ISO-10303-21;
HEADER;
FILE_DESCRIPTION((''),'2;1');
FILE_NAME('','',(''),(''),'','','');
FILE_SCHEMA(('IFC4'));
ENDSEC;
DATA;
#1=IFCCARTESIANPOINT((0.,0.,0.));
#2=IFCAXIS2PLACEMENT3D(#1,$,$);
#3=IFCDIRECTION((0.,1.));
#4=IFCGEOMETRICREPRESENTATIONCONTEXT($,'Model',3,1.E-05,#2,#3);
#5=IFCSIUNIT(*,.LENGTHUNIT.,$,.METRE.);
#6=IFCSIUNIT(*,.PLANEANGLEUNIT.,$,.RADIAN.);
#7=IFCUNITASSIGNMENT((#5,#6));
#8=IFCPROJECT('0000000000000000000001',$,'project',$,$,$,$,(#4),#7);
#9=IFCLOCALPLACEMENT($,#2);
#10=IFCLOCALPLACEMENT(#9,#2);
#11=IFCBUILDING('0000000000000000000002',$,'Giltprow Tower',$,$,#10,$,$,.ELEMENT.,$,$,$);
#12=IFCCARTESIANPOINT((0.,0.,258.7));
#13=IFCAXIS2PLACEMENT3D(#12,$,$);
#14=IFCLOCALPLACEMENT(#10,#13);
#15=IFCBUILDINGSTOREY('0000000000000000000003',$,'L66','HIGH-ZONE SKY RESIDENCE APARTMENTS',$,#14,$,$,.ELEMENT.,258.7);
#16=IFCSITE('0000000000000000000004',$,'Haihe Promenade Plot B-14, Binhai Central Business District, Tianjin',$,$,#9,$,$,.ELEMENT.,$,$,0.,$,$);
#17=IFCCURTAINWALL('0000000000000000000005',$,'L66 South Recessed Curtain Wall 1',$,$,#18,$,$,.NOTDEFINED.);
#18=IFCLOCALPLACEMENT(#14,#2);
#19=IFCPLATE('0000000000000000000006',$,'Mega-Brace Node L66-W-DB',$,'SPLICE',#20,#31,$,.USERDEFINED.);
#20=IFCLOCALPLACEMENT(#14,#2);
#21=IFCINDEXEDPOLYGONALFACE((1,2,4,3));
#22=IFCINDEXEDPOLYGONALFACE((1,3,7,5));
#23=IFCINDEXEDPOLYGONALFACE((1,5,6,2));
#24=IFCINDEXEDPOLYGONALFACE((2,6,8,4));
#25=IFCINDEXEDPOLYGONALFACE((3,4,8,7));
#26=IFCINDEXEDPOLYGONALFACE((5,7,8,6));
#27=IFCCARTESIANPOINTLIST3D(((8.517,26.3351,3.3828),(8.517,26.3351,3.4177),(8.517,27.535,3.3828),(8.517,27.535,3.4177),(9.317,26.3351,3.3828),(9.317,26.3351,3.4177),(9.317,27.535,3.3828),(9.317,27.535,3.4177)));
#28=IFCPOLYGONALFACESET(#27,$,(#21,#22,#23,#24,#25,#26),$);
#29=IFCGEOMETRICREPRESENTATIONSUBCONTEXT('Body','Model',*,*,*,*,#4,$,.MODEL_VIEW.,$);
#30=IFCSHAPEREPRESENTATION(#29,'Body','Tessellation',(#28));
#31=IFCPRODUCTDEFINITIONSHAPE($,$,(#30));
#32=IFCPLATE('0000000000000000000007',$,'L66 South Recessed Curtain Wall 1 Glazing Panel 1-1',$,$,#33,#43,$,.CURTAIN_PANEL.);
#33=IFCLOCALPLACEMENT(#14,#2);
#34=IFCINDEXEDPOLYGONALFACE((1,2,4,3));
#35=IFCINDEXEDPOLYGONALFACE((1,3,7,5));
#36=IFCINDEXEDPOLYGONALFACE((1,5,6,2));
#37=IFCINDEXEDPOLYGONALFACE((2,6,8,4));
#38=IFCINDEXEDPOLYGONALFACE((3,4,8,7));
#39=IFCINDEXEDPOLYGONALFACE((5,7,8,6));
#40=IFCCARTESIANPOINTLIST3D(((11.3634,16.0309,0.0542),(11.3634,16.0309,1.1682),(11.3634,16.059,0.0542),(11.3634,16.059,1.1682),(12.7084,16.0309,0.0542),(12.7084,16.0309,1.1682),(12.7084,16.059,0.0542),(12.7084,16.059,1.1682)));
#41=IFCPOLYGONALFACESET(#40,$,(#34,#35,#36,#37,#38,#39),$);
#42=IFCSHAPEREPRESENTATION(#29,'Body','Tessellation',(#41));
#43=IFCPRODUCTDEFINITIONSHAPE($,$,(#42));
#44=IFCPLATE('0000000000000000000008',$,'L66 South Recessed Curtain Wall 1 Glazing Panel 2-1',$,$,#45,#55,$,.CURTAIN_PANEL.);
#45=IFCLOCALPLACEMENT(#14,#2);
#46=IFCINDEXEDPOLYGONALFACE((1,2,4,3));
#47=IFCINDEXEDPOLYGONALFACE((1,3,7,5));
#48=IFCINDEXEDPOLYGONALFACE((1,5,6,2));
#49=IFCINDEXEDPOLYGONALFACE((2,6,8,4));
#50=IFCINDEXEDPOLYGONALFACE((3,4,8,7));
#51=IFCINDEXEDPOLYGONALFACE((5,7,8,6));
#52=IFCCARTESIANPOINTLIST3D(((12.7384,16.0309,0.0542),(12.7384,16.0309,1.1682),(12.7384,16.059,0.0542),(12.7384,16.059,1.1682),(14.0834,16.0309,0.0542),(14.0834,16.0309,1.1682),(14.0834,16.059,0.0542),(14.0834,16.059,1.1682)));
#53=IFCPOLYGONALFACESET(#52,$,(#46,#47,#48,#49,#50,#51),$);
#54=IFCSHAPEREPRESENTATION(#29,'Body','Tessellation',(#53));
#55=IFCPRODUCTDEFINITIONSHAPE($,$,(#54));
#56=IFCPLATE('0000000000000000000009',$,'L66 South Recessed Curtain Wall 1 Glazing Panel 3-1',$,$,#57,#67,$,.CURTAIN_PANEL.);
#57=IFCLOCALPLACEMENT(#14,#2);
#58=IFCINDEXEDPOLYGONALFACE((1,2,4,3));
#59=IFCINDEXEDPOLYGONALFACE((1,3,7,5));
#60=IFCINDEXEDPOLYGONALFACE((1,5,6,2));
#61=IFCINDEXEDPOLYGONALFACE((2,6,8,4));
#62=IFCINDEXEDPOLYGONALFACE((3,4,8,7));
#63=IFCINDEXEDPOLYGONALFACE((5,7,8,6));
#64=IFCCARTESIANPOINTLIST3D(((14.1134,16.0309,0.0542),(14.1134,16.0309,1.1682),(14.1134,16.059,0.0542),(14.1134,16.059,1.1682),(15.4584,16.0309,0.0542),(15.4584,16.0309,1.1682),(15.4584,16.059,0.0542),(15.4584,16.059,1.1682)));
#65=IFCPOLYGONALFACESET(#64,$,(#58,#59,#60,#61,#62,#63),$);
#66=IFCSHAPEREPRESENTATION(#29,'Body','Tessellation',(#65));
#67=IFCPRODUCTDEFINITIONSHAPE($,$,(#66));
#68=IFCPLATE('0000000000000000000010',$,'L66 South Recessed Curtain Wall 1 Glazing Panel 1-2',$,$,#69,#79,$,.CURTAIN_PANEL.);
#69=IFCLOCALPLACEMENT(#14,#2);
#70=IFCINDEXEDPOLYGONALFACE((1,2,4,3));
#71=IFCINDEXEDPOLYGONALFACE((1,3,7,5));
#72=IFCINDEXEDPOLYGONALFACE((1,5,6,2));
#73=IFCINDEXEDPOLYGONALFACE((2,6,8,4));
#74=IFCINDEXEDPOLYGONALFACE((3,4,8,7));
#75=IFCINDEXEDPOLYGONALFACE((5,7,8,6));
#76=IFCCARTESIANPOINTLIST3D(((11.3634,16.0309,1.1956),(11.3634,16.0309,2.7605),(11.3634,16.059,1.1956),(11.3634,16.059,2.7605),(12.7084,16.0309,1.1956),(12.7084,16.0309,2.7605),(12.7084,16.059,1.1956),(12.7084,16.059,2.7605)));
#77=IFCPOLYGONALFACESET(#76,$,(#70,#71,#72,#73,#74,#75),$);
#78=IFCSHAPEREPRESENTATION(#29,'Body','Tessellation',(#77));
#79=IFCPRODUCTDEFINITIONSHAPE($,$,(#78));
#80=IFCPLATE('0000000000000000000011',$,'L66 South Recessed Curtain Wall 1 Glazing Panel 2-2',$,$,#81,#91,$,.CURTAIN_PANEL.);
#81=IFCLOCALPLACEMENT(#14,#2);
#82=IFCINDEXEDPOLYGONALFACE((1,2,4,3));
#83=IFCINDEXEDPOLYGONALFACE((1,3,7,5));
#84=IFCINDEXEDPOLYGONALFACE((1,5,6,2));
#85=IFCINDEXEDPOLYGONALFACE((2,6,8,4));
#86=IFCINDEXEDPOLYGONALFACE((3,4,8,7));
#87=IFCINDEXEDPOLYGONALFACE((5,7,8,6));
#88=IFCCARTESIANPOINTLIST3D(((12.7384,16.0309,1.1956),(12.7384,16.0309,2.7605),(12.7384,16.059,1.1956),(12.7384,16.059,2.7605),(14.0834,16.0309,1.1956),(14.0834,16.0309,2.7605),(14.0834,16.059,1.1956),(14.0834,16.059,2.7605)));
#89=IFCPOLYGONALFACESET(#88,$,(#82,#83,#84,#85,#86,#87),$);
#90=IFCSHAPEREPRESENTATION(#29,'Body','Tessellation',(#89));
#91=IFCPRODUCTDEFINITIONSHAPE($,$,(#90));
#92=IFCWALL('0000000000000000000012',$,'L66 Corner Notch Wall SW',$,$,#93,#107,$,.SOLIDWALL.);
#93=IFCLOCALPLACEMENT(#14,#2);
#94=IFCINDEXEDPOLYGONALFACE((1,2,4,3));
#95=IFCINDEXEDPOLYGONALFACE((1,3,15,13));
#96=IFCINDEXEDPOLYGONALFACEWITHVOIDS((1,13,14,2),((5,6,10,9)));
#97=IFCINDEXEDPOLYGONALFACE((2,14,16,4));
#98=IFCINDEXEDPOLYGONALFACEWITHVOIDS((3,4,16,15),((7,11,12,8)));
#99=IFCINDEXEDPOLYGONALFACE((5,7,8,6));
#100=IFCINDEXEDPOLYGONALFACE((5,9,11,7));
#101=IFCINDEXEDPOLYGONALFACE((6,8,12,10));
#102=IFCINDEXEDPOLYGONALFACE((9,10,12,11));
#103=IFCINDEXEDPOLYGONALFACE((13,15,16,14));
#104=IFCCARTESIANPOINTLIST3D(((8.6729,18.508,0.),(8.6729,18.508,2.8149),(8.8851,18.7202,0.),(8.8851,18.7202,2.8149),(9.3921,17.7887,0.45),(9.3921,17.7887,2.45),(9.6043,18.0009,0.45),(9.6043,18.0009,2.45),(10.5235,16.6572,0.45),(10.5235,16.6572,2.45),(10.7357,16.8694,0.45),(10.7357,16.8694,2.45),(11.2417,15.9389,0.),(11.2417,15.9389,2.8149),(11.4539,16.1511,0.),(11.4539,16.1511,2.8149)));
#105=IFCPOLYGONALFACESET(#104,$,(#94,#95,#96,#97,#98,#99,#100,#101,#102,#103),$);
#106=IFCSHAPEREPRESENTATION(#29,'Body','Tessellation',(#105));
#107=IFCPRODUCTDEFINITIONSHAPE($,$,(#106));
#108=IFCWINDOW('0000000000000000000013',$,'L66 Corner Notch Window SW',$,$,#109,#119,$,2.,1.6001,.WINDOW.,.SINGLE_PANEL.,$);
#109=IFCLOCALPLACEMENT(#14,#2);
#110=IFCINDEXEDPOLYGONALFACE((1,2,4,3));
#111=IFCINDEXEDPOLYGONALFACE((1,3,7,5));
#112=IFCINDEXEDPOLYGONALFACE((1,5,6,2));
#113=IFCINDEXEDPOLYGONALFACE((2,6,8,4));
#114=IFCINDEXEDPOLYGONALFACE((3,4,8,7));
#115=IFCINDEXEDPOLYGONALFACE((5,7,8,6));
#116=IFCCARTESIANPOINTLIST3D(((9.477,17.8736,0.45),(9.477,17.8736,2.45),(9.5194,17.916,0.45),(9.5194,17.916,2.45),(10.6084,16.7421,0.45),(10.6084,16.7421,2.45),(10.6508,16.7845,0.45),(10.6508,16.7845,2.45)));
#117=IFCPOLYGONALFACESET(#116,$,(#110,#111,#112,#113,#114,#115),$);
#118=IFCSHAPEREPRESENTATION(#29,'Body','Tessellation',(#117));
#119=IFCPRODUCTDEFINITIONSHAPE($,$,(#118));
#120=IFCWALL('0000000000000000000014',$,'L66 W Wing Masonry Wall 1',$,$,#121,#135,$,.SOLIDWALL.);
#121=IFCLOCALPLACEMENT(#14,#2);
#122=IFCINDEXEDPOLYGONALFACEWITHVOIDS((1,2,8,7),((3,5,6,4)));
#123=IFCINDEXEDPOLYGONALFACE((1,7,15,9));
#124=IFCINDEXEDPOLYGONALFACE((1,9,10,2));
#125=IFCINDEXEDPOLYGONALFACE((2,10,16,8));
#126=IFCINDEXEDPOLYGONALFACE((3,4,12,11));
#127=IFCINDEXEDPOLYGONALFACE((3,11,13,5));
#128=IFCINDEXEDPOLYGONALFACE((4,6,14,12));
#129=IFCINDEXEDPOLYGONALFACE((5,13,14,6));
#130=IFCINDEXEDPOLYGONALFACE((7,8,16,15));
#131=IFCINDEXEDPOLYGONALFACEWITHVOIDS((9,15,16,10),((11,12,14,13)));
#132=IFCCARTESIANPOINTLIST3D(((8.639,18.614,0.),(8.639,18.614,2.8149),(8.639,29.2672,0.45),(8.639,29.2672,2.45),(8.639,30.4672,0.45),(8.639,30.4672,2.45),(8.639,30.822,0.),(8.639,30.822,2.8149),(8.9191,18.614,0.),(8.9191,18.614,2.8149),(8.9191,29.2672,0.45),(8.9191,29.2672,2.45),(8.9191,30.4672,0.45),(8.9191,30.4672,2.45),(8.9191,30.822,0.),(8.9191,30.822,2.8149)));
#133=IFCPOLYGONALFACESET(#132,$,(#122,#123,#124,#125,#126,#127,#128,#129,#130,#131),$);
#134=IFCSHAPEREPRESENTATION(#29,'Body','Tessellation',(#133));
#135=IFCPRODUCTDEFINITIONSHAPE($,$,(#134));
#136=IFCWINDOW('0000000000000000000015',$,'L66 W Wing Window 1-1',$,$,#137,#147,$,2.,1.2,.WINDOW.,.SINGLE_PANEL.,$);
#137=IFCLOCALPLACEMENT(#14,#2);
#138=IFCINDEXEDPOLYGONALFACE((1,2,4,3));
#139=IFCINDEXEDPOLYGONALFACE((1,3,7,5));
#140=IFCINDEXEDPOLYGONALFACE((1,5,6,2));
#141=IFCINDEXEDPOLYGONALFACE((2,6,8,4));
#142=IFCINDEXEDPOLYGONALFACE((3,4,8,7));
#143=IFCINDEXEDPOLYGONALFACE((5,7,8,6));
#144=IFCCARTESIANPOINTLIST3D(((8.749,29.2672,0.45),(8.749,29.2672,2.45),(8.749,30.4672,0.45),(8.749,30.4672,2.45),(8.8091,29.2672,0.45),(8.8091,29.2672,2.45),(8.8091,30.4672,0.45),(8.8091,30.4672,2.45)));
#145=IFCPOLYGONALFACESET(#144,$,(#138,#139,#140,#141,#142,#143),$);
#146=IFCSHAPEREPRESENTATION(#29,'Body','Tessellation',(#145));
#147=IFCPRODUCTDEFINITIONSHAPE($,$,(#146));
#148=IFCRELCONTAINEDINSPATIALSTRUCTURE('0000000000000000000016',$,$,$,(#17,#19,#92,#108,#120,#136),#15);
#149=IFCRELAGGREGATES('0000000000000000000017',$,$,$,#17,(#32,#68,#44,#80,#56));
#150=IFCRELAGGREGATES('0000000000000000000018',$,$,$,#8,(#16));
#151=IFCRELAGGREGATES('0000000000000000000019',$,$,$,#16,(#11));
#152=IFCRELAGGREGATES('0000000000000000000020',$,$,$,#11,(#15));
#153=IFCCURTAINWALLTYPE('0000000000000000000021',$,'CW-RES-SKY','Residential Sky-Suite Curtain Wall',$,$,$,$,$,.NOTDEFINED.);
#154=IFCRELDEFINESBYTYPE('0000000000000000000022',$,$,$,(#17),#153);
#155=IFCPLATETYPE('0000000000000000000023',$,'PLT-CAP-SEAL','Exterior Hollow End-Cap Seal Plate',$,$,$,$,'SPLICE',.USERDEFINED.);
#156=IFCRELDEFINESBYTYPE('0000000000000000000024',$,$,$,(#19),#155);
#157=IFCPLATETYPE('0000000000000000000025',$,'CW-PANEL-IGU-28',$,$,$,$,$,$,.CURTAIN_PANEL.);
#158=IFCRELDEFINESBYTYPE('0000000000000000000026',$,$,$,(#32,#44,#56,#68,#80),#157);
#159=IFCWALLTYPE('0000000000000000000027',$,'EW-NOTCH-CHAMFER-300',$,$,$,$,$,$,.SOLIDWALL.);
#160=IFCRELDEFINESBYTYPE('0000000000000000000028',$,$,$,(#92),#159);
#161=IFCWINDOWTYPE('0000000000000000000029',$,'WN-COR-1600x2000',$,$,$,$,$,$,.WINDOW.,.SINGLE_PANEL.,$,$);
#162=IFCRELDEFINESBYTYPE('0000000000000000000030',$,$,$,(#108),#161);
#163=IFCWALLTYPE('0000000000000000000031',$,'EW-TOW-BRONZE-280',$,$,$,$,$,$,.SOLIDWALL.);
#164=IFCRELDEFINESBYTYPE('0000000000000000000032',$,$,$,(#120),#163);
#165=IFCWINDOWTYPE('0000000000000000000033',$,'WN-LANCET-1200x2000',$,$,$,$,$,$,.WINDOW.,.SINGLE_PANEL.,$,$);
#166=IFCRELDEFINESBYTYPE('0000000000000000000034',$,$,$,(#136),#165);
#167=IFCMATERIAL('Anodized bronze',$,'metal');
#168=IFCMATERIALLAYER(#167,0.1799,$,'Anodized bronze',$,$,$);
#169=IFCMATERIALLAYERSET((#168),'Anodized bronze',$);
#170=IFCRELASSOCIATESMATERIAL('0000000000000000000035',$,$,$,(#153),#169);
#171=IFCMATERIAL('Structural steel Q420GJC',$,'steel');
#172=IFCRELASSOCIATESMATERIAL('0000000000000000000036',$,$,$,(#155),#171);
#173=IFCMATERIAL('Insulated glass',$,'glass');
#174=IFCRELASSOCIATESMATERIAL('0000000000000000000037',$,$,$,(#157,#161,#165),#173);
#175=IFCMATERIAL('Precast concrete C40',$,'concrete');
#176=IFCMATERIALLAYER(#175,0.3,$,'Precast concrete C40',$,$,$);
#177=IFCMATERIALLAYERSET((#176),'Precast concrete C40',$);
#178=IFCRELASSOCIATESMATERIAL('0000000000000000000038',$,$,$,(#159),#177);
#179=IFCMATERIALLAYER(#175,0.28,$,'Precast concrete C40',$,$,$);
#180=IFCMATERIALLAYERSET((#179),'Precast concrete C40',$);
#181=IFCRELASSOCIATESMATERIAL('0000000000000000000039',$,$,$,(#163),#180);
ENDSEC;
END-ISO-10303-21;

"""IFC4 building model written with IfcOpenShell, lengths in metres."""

from ifc_helpers import new_model, si_unit, direction, frame, frame_2d, origin, origin_2d, place, context, subcontext, project, spatial, rectangle, extrude, source, transform, mapped, material, layer, layer_set, type_object, element, fill, aggregate, save


model = new_model("IFC4")

# Units and contexts
model_context = context("Model", 3, precision=1e-05, world=origin(), true_north=direction((0.0, 1.0)))
body_context = subcontext(model_context, "Body", "Model", "MODEL_VIEW")
ifc_project = project(units=[si_unit("LENGTHUNIT", "METRE"), si_unit("PLANEANGLEUNIT", "RADIAN")], contexts=[model_context])

# Site, building, storey
site_placement = place(None, origin())
site = spatial("IfcSite", under=ifc_project, at=site_placement, Name="Haihe Promenade Plot B-14, Binhai Central Business District, Tianjin", CompositionType="ELEMENT", RefElevation=0.0)
building_placement = place(site_placement, origin())
building = spatial("IfcBuilding", under=site, at=building_placement, Name="Giltprow Tower", CompositionType="ELEMENT")
storey_placement = place(building_placement, frame((0.0, 0.0, 258.7)))
storey = spatial("IfcBuildingStorey", under=building, at=storey_placement, Name="L66", Description="HIGH-ZONE SKY RESIDENCE APARTMENTS", CompositionType="ELEMENT", Elevation=258.7)

# Shared definitions
ifc_material_1 = material(Name="Structural steel Q420GJC", Category="steel")

# Curtain wall
ifc_material_2 = material(Name="Anodized bronze", Category="metal")
ifc_layer_1 = layer(ifc_material_2, 0.1799, Name="Anodized bronze")
ifc_layer_set_1 = layer_set([ifc_layer_1], Name="Anodized bronze")
curtain_wall_type = type_object("IfcCurtainWallType", Name="CW-RES-SKY", Description="Residential Sky-Suite Curtain Wall", PredefinedType="NOTDEFINED", material=ifc_layer_set_1)
curtain_wall_placement = place(storey_placement, origin())
curtain_wall = element("IfcCurtainWall", 1, at=curtain_wall_placement, inside=storey, type_object=curtain_wall_type, Name="L66 South Recessed Curtain Wall 1", PredefinedType="NOTDEFINED")

# Plates
plate_type_1 = type_object("IfcPlateType", Name="PLT-CAP-SEAL", Description="Exterior Hollow End-Cap Seal Plate", ElementType="SPLICE", PredefinedType="USERDEFINED", material=ifc_material_1)
shared_shape_1 = source(origin(), body_context, "Body", "SweptSolid", [
    extrude(rectangle(XDim=1.2, YDim=0.8, at=origin_2d()), origin(), (0.0, 0.0, 1.0), 0.0349),
])
plate_1_placement = place(storey_placement, frame((8.917, 26.9351, 3.3828), z_axis=(0.0, 0.0, 1.0), x_axis=(0.0, 1.0, 0.0)))
element("IfcPlate", 2, at=plate_1_placement, inside=storey, type_object=plate_type_1, Name="Mega-Brace Node L66-W-DB", ObjectType="SPLICE", PredefinedType="USERDEFINED", context=body_context, shape_type="MappedRepresentation", body=[
    mapped(shared_shape_1, transform((0.0, 0.0, 0.0), x_axis=(1.0, 0.0, 0.0), y_axis=(0.0, 1.0, 0.0), z_axis=(0.0, 0.0, 1.0), scale=1.0)),
])
ifc_material_3 = material(Name="Insulated glass", Category="glass")
plate_type_2 = type_object("IfcPlateType", Name="CW-PANEL-IGU-28", PredefinedType="CURTAIN_PANEL", material=ifc_material_3)
shared_shape_2 = source(origin(), body_context, "Body", "SweptSolid", [
    extrude(rectangle(XDim=1.345, YDim=0.0281, at=origin_2d()), origin(), (0.0, 0.0, 1.0), 1.114),
])
plate_2_placement = place(storey_placement, frame((12.0359, 16.0449, 0.0542), z_axis=(0.0, 0.0, 1.0), x_axis=(1.0, 0.0, 0.0)))
plate_2 = element("IfcPlate", 3, at=plate_2_placement, type_object=plate_type_2, Name="L66 South Recessed Curtain Wall 1 Glazing Panel 1-1", PredefinedType="CURTAIN_PANEL", context=body_context, shape_type="MappedRepresentation", body=[
    mapped(shared_shape_2, transform((0.0, 0.0, 0.0), x_axis=(1.0, 0.0, 0.0), y_axis=(0.0, 1.0, 0.0), z_axis=(0.0, 0.0, 1.0), scale=1.0)),
])
plate_3_placement = place(storey_placement, frame((13.4109, 16.0449, 0.0542), z_axis=(0.0, 0.0, 1.0), x_axis=(1.0, 0.0, 0.0)))
plate_3 = element("IfcPlate", 4, at=plate_3_placement, type_object=plate_type_2, Name="L66 South Recessed Curtain Wall 1 Glazing Panel 2-1", PredefinedType="CURTAIN_PANEL", context=body_context, shape_type="MappedRepresentation", body=[
    mapped(shared_shape_2, transform((0.0, 0.0, 0.0), x_axis=(1.0, 0.0, 0.0), y_axis=(0.0, 1.0, 0.0), z_axis=(0.0, 0.0, 1.0), scale=1.0)),
])
plate_4_placement = place(storey_placement, frame((14.7859, 16.0449, 0.0542), z_axis=(0.0, 0.0, 1.0), x_axis=(1.0, 0.0, 0.0)))
plate_4 = element("IfcPlate", 5, at=plate_4_placement, type_object=plate_type_2, Name="L66 South Recessed Curtain Wall 1 Glazing Panel 3-1", PredefinedType="CURTAIN_PANEL", context=body_context, shape_type="MappedRepresentation", body=[
    mapped(shared_shape_2, transform((0.0, 0.0, 0.0), x_axis=(1.0, 0.0, 0.0), y_axis=(0.0, 1.0, 0.0), z_axis=(0.0, 0.0, 1.0), scale=1.0)),
])
shared_shape_3 = source(origin(), body_context, "Body", "SweptSolid", [
    extrude(rectangle(XDim=1.345, YDim=0.0281, at=origin_2d()), origin(), (0.0, 0.0, 1.0), 1.5649),
])
plate_5_placement = place(storey_placement, frame((12.0359, 16.0449, 1.1956), z_axis=(0.0, 0.0, 1.0), x_axis=(1.0, 0.0, 0.0)))
plate_5 = element("IfcPlate", 6, at=plate_5_placement, type_object=plate_type_2, Name="L66 South Recessed Curtain Wall 1 Glazing Panel 1-2", PredefinedType="CURTAIN_PANEL", context=body_context, shape_type="MappedRepresentation", body=[
    mapped(shared_shape_3, transform((0.0, 0.0, 0.0), x_axis=(1.0, 0.0, 0.0), y_axis=(0.0, 1.0, 0.0), z_axis=(0.0, 0.0, 1.0), scale=1.0)),
])
plate_6_placement = place(storey_placement, frame((13.4109, 16.0449, 1.1956), z_axis=(0.0, 0.0, 1.0), x_axis=(1.0, 0.0, 0.0)))
plate_6 = element("IfcPlate", 7, at=plate_6_placement, type_object=plate_type_2, Name="L66 South Recessed Curtain Wall 1 Glazing Panel 2-2", PredefinedType="CURTAIN_PANEL", context=body_context, shape_type="MappedRepresentation", body=[
    mapped(shared_shape_3, transform((0.0, 0.0, 0.0), x_axis=(1.0, 0.0, 0.0), y_axis=(0.0, 1.0, 0.0), z_axis=(0.0, 0.0, 1.0), scale=1.0)),
])
aggregate(curtain_wall, [plate_2, plate_5, plate_3, plate_6, plate_4])

# Walls, openings, windows
ifc_material_4 = material(Name="Precast concrete C40", Category="concrete")
ifc_layer_2 = layer(ifc_material_4, 0.3, Name="Precast concrete C40")
ifc_layer_set_2 = layer_set([ifc_layer_2], Name="Precast concrete C40")
wall_type_1 = type_object("IfcWallType", Name="EW-NOTCH-CHAMFER-300", PredefinedType="SOLIDWALL", material=ifc_layer_set_2)
wall_1_placement = place(storey_placement, frame((8.7791, 18.614, 0.0), z_axis=(0.0, 0.0, 1.0), x_axis=(0.707073, -0.70714, 0.0)))
wall_1 = element("IfcWall", 8, at=wall_1_placement, inside=storey, type_object=wall_type_1, Name="L66 Corner Notch Wall SW", PredefinedType="SOLIDWALL", context=body_context, shape_type="SweptSolid", body=[
    extrude(rectangle(XDim=3.6331, YDim=0.3, at=frame_2d((1.8164, 0.0))), origin(), (0.0, 0.0, 1.0), 2.8149),
])
opening_1_placement = place(wall_1_placement, frame((1.0171, 0.0, 0.45)))
opening_1 = element("IfcOpeningElement", 9, at=opening_1_placement, cuts=wall_1, PredefinedType="OPENING", context=body_context, shape_type="SweptSolid", body=[
    extrude(rectangle(XDim=1.6001, YDim=2.0, at=frame_2d((0.8, 1.0))), frame((0.0, 0.1599, 0.0), z_axis=(0.0, -1.0, 0.0), x_axis=(1.0, 0.0, 0.0)), (0.0, 0.0, 1.0), 0.3201),
])
window_type_1 = type_object("IfcWindowType", Name="WN-COR-1600x2000", PartitioningType="SINGLE_PANEL", PredefinedType="WINDOW", material=ifc_material_3)
shared_shape_4 = source(origin(), body_context, "Body", "SweptSolid", [
    extrude(rectangle(XDim=1.6001, YDim=2.0, at=frame_2d((0.8, 1.0))), frame((0.0, 0.03, 0.0), z_axis=(0.0, -1.0, 0.0), x_axis=(1.0, 0.0, 0.0)), (0.0, 0.0, 1.0), 0.0601),
])
window_1_placement = place(opening_1_placement, origin())
window_1 = element("IfcWindow", 10, at=window_1_placement, inside=storey, type_object=window_type_1, Name="L66 Corner Notch Window SW", OverallHeight=2.0, OverallWidth=1.6001, PartitioningType="SINGLE_PANEL", PredefinedType="WINDOW", context=body_context, shape_type="MappedRepresentation", body=[
    mapped(shared_shape_4, transform((0.0, 0.0, 0.0), x_axis=(1.0, 0.0, 0.0), y_axis=(0.0, 1.0, 0.0), z_axis=(0.0, 0.0, 1.0), scale=1.0)),
])
fill(opening_1, window_1)
ifc_layer_3 = layer(ifc_material_4, 0.28, Name="Precast concrete C40")
ifc_layer_set_3 = layer_set([ifc_layer_3], Name="Precast concrete C40")
wall_type_2 = type_object("IfcWallType", Name="EW-TOW-BRONZE-280", PredefinedType="SOLIDWALL", material=ifc_layer_set_3)
wall_2_placement = place(storey_placement, frame((8.7791, 18.614, 0.0), z_axis=(0.0, 0.0, 1.0), x_axis=(0.0, 1.0, 0.0)))
wall_2 = element("IfcWall", 11, at=wall_2_placement, inside=storey, type_object=wall_type_2, Name="L66 W Wing Masonry Wall 1", PredefinedType="SOLIDWALL", context=body_context, shape_type="SweptSolid", body=[
    extrude(rectangle(XDim=12.208, YDim=0.28, at=frame_2d((6.104, 0.0))), origin(), (0.0, 0.0, 1.0), 2.8149),
])
opening_2_placement = place(wall_2_placement, frame((10.6531, 0.0, 0.45)))
opening_2 = element("IfcOpeningElement", 12, at=opening_2_placement, cuts=wall_2, PredefinedType="OPENING", context=body_context, shape_type="SweptSolid", body=[
    extrude(rectangle(XDim=1.2, YDim=2.0, at=frame_2d((0.6001, 1.0))), frame((0.0, 0.1499, 0.0), z_axis=(0.0, -1.0, 0.0), x_axis=(1.0, 0.0, 0.0)), (0.0, 0.0, 1.0), 0.3),
])
window_type_2 = type_object("IfcWindowType", Name="WN-LANCET-1200x2000", PartitioningType="SINGLE_PANEL", PredefinedType="WINDOW", material=ifc_material_3)
shared_shape_5 = source(origin(), body_context, "Body", "SweptSolid", [
    extrude(rectangle(XDim=1.2, YDim=2.0, at=frame_2d((0.6001, 1.0))), frame((0.0, 0.03, 0.0), z_axis=(0.0, -1.0, 0.0), x_axis=(1.0, 0.0, 0.0)), (0.0, 0.0, 1.0), 0.0601),
])
window_2_placement = place(opening_2_placement, origin())
window_2 = element("IfcWindow", 13, at=window_2_placement, inside=storey, type_object=window_type_2, Name="L66 W Wing Window 1-1", OverallHeight=2.0, OverallWidth=1.2, PartitioningType="SINGLE_PANEL", PredefinedType="WINDOW", context=body_context, shape_type="MappedRepresentation", body=[
    mapped(shared_shape_5, transform((0.0, 0.0, 0.0), x_axis=(1.0, 0.0, 0.0), y_axis=(0.0, 1.0, 0.0), z_axis=(0.0, 0.0, 1.0), scale=1.0)),
])
fill(opening_2, window_2)

save(model, "model.ifc")
